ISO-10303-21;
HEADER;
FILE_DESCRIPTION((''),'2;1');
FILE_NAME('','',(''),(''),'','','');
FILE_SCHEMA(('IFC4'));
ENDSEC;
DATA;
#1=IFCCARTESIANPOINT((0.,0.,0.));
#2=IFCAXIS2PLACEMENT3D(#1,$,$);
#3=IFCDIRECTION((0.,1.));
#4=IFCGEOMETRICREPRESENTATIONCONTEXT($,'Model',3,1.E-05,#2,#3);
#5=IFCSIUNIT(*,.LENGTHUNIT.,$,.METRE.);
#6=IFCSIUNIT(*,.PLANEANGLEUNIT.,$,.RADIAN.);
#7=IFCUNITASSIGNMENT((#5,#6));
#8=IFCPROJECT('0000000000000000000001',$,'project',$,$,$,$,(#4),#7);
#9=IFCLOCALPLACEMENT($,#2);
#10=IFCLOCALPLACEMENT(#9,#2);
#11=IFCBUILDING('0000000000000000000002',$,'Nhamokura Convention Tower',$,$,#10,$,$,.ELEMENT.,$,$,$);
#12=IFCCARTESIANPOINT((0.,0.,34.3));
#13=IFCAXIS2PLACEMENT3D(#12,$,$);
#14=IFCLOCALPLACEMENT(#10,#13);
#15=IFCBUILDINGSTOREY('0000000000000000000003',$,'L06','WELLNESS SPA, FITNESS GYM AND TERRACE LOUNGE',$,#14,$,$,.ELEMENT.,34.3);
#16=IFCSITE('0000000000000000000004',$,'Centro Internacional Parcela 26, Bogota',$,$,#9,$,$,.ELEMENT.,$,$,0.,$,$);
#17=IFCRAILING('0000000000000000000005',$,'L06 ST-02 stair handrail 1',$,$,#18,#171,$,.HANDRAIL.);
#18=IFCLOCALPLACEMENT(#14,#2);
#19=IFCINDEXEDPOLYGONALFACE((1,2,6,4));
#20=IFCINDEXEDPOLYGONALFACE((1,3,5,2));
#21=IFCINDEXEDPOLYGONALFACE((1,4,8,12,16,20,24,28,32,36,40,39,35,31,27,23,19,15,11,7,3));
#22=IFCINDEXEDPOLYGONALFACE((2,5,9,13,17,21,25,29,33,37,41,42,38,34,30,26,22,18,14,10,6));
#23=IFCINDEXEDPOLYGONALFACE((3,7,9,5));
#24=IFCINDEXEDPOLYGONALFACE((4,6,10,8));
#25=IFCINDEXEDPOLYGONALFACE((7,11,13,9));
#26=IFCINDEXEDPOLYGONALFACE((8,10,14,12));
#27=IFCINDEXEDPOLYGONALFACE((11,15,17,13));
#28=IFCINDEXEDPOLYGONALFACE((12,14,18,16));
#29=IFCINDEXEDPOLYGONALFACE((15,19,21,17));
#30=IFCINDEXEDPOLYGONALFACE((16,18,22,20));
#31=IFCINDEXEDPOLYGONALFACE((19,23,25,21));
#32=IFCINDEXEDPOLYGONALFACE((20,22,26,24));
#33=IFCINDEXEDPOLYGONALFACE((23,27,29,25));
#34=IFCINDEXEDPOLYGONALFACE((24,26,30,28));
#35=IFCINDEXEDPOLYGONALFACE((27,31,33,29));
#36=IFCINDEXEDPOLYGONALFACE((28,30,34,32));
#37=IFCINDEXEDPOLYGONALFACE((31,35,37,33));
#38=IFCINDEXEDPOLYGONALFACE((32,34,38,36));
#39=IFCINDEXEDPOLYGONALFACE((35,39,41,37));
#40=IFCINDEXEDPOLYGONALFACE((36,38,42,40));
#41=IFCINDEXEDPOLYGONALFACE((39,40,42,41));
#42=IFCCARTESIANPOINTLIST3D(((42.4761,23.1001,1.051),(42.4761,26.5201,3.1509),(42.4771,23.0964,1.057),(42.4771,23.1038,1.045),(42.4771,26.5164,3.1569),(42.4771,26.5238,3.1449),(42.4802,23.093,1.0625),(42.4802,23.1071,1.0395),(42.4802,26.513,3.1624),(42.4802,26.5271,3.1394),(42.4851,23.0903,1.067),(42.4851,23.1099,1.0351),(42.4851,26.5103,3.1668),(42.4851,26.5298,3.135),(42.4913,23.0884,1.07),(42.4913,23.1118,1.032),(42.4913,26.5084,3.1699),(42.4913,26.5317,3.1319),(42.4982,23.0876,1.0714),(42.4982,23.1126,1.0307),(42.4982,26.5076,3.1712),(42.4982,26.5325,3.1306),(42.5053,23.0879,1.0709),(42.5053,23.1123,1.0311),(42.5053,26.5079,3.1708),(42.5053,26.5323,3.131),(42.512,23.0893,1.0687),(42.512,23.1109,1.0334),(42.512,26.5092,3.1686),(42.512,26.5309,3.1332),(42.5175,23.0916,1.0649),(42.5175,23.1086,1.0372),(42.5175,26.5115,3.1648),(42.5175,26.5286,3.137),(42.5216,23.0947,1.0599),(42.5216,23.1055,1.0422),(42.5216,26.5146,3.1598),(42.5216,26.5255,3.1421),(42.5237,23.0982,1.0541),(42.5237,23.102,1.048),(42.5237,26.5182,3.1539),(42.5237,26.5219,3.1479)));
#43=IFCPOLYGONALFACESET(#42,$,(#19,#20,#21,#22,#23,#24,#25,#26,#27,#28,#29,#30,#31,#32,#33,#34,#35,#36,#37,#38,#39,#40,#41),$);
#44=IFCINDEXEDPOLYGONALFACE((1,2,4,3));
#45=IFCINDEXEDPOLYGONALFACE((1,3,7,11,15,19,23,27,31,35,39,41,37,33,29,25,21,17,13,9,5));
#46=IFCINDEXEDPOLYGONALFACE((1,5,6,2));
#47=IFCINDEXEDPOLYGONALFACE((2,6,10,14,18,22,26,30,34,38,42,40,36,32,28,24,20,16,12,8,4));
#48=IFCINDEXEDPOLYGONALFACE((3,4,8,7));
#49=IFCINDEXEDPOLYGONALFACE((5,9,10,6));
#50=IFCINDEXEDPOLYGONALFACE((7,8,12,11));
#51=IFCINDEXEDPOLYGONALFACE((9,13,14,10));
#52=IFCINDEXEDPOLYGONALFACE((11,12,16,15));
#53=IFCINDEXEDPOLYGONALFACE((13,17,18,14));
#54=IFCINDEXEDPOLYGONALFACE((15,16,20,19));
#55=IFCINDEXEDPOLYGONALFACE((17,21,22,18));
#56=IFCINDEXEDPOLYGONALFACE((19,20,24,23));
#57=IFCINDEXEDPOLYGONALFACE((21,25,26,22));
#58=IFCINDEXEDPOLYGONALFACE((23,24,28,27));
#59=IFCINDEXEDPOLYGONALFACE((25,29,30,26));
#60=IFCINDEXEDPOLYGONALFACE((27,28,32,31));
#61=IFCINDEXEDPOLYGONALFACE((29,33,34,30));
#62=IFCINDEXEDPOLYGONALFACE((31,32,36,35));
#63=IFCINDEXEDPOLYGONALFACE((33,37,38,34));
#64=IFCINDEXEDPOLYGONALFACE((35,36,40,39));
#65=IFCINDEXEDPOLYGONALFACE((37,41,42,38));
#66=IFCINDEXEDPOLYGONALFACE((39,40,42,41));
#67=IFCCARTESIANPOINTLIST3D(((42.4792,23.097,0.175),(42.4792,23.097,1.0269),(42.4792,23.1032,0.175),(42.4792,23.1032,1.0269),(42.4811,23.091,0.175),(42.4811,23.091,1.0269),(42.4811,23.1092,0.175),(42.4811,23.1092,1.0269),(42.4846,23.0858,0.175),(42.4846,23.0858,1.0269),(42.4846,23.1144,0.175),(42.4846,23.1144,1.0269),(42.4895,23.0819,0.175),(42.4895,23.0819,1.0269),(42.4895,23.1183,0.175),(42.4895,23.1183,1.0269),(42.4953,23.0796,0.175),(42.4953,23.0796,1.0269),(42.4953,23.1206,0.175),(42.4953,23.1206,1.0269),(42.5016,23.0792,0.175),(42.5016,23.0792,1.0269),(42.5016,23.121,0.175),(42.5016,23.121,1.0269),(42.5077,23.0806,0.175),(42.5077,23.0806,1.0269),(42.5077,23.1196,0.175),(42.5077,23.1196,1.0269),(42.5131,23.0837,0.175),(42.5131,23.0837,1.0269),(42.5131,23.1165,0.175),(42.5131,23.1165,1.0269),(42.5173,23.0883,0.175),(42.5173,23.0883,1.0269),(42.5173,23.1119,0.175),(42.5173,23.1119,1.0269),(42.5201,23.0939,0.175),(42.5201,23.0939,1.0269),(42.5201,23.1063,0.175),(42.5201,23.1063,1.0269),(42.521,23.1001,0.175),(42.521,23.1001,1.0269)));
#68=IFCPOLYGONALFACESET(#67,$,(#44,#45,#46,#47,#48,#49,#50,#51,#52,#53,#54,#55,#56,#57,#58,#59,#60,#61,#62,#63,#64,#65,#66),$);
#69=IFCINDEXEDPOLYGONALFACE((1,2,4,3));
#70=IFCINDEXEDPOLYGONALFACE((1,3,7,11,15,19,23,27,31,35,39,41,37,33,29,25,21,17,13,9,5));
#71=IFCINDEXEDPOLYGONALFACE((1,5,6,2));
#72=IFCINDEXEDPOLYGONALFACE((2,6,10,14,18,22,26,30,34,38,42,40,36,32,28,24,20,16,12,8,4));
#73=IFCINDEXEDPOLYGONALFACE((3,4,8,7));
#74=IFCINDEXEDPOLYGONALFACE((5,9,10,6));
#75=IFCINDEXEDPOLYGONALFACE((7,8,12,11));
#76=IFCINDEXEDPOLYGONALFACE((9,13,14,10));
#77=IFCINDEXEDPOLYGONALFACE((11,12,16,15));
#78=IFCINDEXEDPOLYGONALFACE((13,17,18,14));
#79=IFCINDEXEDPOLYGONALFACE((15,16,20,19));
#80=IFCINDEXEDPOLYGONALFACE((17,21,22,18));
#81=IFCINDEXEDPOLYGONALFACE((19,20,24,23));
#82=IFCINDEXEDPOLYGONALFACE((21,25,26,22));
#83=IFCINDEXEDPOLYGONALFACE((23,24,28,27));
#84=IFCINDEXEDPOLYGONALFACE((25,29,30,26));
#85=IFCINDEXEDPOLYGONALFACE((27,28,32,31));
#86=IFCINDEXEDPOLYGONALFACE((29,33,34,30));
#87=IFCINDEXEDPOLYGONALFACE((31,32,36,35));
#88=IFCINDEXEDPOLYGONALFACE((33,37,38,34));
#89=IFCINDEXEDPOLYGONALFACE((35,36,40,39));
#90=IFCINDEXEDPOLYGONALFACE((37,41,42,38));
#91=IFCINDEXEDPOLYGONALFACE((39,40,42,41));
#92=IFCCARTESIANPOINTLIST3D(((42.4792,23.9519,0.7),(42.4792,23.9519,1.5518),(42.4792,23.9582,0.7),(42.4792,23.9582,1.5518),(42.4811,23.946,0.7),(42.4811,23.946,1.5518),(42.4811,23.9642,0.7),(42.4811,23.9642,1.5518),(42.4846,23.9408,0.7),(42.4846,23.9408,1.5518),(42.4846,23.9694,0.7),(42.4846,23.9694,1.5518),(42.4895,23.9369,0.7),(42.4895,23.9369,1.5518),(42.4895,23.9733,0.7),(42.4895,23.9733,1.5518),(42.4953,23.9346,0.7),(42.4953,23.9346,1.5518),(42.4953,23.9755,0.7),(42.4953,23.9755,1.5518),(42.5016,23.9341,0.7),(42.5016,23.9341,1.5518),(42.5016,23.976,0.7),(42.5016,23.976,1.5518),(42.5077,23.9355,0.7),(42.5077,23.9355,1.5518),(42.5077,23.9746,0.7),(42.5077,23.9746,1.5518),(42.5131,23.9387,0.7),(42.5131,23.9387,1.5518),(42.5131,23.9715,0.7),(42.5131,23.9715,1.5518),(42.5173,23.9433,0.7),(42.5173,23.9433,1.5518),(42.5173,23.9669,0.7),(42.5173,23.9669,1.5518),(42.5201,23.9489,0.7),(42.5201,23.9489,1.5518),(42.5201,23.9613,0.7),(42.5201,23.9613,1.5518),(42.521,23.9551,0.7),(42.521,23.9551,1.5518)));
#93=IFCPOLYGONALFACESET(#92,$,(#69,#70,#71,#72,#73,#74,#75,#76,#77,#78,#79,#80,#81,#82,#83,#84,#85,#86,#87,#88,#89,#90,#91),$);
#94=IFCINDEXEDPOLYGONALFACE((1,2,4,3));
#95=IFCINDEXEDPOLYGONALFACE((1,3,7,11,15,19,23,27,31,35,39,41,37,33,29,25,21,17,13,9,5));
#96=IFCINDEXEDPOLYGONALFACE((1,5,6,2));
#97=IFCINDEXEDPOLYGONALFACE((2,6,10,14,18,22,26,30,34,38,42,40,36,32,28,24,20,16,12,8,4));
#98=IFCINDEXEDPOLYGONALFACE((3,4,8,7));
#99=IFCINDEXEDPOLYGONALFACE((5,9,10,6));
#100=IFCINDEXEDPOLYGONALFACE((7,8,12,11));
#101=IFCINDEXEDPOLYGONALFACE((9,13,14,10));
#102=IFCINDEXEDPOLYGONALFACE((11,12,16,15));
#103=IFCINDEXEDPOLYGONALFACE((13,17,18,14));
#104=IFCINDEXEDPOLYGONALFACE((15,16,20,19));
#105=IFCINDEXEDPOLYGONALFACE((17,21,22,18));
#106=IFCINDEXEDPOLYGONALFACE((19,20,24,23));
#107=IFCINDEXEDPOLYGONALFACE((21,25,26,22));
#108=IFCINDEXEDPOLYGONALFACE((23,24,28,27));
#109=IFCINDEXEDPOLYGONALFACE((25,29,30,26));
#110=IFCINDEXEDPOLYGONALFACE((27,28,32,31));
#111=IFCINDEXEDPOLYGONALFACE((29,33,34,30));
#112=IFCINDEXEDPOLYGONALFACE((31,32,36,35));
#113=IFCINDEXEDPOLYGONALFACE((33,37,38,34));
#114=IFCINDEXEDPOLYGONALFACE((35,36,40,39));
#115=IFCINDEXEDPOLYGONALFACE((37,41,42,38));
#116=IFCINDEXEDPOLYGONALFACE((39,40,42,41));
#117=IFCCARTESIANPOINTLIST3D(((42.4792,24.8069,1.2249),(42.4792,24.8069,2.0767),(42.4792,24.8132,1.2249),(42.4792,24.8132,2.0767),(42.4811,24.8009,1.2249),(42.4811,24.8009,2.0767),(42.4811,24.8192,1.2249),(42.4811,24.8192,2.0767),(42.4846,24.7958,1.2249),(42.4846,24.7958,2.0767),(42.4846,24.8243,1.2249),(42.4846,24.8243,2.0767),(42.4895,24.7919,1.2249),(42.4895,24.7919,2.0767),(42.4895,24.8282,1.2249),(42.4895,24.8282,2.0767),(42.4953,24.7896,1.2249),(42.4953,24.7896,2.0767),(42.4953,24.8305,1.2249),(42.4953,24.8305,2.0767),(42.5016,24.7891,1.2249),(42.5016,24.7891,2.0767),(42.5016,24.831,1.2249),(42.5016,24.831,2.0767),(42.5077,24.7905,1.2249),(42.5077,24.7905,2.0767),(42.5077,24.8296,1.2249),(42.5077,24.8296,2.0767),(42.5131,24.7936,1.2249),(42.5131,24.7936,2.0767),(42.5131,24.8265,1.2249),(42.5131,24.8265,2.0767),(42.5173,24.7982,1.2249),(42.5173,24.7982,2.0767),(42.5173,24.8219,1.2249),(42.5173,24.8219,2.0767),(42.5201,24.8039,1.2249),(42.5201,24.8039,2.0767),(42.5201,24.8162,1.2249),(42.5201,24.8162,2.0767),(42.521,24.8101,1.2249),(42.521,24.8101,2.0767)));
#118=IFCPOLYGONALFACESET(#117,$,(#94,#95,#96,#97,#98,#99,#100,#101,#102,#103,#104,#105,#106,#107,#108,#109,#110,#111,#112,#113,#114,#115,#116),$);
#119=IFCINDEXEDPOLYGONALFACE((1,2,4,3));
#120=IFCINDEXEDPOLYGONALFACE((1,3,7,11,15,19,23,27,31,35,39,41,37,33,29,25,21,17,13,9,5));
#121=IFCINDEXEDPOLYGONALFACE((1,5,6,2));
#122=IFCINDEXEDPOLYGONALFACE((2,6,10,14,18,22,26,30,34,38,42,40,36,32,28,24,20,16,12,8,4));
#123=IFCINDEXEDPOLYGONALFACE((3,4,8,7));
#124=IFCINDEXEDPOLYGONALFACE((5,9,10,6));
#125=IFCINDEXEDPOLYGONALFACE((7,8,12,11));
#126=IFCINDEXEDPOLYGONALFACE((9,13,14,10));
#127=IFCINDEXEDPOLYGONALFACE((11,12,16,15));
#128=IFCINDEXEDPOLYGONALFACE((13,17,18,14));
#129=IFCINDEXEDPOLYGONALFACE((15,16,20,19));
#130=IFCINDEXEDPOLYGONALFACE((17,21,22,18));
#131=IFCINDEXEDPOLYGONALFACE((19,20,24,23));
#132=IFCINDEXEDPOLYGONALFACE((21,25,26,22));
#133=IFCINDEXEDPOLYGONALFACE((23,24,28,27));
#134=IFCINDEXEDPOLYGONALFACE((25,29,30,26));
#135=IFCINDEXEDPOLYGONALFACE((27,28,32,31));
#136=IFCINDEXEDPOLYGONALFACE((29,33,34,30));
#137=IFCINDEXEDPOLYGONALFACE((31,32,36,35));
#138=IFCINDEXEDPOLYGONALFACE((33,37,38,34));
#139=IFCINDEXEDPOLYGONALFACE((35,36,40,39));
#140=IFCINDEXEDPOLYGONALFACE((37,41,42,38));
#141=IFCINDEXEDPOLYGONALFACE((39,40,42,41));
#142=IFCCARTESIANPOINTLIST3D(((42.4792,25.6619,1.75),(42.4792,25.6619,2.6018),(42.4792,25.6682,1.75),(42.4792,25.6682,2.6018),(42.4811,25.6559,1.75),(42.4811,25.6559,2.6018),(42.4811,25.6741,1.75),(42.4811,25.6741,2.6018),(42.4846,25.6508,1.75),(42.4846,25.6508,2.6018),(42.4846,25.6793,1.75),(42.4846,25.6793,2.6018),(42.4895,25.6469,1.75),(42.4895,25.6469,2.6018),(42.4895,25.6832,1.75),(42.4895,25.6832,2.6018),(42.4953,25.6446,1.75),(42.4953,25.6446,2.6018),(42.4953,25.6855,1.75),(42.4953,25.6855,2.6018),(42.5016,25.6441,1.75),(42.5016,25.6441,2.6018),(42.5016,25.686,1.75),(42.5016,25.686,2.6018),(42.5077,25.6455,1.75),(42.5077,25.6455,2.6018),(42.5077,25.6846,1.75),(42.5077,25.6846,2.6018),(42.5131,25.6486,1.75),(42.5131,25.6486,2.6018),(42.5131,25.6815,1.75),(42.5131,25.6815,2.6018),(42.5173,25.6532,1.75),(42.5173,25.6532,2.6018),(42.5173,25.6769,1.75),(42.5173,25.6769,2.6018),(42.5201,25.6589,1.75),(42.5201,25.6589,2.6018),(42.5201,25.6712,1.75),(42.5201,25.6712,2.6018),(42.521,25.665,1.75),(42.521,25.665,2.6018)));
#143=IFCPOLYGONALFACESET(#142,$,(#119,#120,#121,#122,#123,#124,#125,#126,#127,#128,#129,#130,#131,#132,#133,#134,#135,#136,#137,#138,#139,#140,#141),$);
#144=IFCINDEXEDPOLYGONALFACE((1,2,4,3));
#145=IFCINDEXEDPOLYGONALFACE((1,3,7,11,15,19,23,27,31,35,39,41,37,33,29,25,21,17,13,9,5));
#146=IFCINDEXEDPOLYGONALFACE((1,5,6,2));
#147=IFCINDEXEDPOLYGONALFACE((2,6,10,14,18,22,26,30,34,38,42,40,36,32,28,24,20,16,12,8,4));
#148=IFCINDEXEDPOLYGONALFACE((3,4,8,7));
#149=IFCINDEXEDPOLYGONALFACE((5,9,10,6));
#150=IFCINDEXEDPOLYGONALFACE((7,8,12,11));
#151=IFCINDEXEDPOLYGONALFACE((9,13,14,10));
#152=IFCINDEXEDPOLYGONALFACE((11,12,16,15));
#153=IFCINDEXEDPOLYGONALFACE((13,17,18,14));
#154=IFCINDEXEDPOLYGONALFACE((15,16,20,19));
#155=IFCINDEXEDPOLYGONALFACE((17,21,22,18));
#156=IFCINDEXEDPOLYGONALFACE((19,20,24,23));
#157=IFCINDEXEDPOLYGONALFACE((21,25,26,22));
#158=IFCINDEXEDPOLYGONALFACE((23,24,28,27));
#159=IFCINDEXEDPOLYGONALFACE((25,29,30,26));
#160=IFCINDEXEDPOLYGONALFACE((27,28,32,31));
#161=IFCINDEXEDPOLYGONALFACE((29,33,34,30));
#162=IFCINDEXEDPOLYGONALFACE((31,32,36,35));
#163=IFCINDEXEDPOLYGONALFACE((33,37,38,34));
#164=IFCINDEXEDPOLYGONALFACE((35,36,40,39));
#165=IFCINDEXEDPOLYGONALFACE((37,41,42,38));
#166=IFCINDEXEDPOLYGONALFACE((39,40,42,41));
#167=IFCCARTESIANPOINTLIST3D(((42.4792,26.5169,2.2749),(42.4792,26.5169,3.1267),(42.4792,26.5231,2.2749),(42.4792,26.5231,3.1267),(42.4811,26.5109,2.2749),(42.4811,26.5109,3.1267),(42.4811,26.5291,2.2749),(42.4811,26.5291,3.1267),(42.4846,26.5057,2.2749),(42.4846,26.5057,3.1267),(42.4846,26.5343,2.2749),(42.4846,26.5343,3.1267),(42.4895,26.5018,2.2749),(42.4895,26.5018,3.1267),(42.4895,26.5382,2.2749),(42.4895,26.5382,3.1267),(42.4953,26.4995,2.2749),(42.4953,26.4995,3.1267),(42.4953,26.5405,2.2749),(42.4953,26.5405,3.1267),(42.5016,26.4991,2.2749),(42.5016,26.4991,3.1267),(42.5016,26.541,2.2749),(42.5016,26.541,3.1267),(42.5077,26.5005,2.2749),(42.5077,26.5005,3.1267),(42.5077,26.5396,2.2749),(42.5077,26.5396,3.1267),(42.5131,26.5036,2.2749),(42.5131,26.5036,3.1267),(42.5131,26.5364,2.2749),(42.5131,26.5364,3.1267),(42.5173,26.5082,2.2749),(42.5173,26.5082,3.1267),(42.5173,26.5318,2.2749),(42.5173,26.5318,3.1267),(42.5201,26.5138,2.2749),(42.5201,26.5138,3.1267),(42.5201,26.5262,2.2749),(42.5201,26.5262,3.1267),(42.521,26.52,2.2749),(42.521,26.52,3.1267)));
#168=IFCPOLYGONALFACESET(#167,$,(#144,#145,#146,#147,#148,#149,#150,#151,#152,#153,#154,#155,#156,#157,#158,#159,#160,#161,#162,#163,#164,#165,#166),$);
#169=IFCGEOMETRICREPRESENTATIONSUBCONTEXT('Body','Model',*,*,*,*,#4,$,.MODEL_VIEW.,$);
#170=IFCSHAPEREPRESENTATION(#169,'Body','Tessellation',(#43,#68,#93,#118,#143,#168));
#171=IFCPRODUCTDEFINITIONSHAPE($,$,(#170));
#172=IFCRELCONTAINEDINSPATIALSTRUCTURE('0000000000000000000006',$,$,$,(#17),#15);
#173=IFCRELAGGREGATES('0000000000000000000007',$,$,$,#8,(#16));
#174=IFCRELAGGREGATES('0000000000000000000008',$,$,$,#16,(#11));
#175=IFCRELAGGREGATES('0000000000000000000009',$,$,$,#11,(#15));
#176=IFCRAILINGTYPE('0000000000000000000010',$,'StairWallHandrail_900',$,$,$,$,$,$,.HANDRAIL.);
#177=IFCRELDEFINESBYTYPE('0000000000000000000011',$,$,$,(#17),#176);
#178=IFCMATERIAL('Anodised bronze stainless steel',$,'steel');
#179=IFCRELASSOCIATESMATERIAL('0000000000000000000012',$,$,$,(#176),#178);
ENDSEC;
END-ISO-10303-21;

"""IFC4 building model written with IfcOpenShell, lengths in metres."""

from ifc_helpers import new_model, si_unit, direction, frame, origin, origin_2d, place, context, subcontext, project, spatial, circle, extrude, material, type_object, element, save


model = new_model("IFC4")

# Units and contexts
model_context = context("Model", 3, precision=1e-05, world=origin(), true_north=direction((0.0, 1.0)))
body_context = subcontext(model_context, "Body", "Model", "MODEL_VIEW")
ifc_project = project(units=[si_unit("LENGTHUNIT", "METRE"), si_unit("PLANEANGLEUNIT", "RADIAN")], contexts=[model_context])

# Site, building, storey
site_placement = place(None, origin())
site = spatial("IfcSite", under=ifc_project, at=site_placement, Name="Centro Internacional Parcela 26, Bogota", CompositionType="ELEMENT", RefElevation=0.0)
building_placement = place(site_placement, origin())
building = spatial("IfcBuilding", under=site, at=building_placement, Name="Nhamokura Convention Tower", CompositionType="ELEMENT")
storey_placement = place(building_placement, frame((0.0, 0.0, 34.3)))
storey = spatial("IfcBuildingStorey", under=building, at=storey_placement, Name="L06", Description="WELLNESS SPA, FITNESS GYM AND TERRACE LOUNGE", CompositionType="ELEMENT", Elevation=34.3)

# Railing
ifc_material_1 = material(Name="Anodised bronze stainless steel", Category="steel")
railing_type_1 = type_object("IfcRailingType", Name="StairWallHandrail_900", PredefinedType="HANDRAIL", material=ifc_material_1)
railing_1_placement = place(storey_placement, frame((42.5, 23.1001, 0.175)))
element("IfcRailing", 1, at=railing_1_placement, inside=storey, type_object=railing_type_1, Name="L06 ST-02 stair handrail 1", PredefinedType="HANDRAIL", context=body_context, shape_type="SweptSolid", body=[
    extrude(circle(Radius=0.0239, at=origin_2d()), frame((0.0, 0.0, 0.876), z_axis=(0.0, 0.852182, 0.523245), x_axis=(-1.0, 0.0, 0.0)), (0.0, 0.0, 1.0), 4.0132),
    extrude(circle(Radius=0.021, at=origin_2d()), origin(), (0.0, 0.0, 1.0), 0.8518),
    extrude(circle(Radius=0.021, at=origin_2d()), frame((0.0, 0.855, 0.5249)), (0.0, 0.0, 1.0), 0.8518),
    extrude(circle(Radius=0.021, at=origin_2d()), frame((0.0, 1.71, 1.0498)), (0.0, 0.0, 1.0), 0.8518),
    extrude(circle(Radius=0.021, at=origin_2d()), frame((0.0, 2.5649, 1.575)), (0.0, 0.0, 1.0), 0.8518),
    extrude(circle(Radius=0.021, at=origin_2d()), frame((0.0, 3.4199, 2.0999)), (0.0, 0.0, 1.0), 0.8518),
])

save(model, "model.ifc")
